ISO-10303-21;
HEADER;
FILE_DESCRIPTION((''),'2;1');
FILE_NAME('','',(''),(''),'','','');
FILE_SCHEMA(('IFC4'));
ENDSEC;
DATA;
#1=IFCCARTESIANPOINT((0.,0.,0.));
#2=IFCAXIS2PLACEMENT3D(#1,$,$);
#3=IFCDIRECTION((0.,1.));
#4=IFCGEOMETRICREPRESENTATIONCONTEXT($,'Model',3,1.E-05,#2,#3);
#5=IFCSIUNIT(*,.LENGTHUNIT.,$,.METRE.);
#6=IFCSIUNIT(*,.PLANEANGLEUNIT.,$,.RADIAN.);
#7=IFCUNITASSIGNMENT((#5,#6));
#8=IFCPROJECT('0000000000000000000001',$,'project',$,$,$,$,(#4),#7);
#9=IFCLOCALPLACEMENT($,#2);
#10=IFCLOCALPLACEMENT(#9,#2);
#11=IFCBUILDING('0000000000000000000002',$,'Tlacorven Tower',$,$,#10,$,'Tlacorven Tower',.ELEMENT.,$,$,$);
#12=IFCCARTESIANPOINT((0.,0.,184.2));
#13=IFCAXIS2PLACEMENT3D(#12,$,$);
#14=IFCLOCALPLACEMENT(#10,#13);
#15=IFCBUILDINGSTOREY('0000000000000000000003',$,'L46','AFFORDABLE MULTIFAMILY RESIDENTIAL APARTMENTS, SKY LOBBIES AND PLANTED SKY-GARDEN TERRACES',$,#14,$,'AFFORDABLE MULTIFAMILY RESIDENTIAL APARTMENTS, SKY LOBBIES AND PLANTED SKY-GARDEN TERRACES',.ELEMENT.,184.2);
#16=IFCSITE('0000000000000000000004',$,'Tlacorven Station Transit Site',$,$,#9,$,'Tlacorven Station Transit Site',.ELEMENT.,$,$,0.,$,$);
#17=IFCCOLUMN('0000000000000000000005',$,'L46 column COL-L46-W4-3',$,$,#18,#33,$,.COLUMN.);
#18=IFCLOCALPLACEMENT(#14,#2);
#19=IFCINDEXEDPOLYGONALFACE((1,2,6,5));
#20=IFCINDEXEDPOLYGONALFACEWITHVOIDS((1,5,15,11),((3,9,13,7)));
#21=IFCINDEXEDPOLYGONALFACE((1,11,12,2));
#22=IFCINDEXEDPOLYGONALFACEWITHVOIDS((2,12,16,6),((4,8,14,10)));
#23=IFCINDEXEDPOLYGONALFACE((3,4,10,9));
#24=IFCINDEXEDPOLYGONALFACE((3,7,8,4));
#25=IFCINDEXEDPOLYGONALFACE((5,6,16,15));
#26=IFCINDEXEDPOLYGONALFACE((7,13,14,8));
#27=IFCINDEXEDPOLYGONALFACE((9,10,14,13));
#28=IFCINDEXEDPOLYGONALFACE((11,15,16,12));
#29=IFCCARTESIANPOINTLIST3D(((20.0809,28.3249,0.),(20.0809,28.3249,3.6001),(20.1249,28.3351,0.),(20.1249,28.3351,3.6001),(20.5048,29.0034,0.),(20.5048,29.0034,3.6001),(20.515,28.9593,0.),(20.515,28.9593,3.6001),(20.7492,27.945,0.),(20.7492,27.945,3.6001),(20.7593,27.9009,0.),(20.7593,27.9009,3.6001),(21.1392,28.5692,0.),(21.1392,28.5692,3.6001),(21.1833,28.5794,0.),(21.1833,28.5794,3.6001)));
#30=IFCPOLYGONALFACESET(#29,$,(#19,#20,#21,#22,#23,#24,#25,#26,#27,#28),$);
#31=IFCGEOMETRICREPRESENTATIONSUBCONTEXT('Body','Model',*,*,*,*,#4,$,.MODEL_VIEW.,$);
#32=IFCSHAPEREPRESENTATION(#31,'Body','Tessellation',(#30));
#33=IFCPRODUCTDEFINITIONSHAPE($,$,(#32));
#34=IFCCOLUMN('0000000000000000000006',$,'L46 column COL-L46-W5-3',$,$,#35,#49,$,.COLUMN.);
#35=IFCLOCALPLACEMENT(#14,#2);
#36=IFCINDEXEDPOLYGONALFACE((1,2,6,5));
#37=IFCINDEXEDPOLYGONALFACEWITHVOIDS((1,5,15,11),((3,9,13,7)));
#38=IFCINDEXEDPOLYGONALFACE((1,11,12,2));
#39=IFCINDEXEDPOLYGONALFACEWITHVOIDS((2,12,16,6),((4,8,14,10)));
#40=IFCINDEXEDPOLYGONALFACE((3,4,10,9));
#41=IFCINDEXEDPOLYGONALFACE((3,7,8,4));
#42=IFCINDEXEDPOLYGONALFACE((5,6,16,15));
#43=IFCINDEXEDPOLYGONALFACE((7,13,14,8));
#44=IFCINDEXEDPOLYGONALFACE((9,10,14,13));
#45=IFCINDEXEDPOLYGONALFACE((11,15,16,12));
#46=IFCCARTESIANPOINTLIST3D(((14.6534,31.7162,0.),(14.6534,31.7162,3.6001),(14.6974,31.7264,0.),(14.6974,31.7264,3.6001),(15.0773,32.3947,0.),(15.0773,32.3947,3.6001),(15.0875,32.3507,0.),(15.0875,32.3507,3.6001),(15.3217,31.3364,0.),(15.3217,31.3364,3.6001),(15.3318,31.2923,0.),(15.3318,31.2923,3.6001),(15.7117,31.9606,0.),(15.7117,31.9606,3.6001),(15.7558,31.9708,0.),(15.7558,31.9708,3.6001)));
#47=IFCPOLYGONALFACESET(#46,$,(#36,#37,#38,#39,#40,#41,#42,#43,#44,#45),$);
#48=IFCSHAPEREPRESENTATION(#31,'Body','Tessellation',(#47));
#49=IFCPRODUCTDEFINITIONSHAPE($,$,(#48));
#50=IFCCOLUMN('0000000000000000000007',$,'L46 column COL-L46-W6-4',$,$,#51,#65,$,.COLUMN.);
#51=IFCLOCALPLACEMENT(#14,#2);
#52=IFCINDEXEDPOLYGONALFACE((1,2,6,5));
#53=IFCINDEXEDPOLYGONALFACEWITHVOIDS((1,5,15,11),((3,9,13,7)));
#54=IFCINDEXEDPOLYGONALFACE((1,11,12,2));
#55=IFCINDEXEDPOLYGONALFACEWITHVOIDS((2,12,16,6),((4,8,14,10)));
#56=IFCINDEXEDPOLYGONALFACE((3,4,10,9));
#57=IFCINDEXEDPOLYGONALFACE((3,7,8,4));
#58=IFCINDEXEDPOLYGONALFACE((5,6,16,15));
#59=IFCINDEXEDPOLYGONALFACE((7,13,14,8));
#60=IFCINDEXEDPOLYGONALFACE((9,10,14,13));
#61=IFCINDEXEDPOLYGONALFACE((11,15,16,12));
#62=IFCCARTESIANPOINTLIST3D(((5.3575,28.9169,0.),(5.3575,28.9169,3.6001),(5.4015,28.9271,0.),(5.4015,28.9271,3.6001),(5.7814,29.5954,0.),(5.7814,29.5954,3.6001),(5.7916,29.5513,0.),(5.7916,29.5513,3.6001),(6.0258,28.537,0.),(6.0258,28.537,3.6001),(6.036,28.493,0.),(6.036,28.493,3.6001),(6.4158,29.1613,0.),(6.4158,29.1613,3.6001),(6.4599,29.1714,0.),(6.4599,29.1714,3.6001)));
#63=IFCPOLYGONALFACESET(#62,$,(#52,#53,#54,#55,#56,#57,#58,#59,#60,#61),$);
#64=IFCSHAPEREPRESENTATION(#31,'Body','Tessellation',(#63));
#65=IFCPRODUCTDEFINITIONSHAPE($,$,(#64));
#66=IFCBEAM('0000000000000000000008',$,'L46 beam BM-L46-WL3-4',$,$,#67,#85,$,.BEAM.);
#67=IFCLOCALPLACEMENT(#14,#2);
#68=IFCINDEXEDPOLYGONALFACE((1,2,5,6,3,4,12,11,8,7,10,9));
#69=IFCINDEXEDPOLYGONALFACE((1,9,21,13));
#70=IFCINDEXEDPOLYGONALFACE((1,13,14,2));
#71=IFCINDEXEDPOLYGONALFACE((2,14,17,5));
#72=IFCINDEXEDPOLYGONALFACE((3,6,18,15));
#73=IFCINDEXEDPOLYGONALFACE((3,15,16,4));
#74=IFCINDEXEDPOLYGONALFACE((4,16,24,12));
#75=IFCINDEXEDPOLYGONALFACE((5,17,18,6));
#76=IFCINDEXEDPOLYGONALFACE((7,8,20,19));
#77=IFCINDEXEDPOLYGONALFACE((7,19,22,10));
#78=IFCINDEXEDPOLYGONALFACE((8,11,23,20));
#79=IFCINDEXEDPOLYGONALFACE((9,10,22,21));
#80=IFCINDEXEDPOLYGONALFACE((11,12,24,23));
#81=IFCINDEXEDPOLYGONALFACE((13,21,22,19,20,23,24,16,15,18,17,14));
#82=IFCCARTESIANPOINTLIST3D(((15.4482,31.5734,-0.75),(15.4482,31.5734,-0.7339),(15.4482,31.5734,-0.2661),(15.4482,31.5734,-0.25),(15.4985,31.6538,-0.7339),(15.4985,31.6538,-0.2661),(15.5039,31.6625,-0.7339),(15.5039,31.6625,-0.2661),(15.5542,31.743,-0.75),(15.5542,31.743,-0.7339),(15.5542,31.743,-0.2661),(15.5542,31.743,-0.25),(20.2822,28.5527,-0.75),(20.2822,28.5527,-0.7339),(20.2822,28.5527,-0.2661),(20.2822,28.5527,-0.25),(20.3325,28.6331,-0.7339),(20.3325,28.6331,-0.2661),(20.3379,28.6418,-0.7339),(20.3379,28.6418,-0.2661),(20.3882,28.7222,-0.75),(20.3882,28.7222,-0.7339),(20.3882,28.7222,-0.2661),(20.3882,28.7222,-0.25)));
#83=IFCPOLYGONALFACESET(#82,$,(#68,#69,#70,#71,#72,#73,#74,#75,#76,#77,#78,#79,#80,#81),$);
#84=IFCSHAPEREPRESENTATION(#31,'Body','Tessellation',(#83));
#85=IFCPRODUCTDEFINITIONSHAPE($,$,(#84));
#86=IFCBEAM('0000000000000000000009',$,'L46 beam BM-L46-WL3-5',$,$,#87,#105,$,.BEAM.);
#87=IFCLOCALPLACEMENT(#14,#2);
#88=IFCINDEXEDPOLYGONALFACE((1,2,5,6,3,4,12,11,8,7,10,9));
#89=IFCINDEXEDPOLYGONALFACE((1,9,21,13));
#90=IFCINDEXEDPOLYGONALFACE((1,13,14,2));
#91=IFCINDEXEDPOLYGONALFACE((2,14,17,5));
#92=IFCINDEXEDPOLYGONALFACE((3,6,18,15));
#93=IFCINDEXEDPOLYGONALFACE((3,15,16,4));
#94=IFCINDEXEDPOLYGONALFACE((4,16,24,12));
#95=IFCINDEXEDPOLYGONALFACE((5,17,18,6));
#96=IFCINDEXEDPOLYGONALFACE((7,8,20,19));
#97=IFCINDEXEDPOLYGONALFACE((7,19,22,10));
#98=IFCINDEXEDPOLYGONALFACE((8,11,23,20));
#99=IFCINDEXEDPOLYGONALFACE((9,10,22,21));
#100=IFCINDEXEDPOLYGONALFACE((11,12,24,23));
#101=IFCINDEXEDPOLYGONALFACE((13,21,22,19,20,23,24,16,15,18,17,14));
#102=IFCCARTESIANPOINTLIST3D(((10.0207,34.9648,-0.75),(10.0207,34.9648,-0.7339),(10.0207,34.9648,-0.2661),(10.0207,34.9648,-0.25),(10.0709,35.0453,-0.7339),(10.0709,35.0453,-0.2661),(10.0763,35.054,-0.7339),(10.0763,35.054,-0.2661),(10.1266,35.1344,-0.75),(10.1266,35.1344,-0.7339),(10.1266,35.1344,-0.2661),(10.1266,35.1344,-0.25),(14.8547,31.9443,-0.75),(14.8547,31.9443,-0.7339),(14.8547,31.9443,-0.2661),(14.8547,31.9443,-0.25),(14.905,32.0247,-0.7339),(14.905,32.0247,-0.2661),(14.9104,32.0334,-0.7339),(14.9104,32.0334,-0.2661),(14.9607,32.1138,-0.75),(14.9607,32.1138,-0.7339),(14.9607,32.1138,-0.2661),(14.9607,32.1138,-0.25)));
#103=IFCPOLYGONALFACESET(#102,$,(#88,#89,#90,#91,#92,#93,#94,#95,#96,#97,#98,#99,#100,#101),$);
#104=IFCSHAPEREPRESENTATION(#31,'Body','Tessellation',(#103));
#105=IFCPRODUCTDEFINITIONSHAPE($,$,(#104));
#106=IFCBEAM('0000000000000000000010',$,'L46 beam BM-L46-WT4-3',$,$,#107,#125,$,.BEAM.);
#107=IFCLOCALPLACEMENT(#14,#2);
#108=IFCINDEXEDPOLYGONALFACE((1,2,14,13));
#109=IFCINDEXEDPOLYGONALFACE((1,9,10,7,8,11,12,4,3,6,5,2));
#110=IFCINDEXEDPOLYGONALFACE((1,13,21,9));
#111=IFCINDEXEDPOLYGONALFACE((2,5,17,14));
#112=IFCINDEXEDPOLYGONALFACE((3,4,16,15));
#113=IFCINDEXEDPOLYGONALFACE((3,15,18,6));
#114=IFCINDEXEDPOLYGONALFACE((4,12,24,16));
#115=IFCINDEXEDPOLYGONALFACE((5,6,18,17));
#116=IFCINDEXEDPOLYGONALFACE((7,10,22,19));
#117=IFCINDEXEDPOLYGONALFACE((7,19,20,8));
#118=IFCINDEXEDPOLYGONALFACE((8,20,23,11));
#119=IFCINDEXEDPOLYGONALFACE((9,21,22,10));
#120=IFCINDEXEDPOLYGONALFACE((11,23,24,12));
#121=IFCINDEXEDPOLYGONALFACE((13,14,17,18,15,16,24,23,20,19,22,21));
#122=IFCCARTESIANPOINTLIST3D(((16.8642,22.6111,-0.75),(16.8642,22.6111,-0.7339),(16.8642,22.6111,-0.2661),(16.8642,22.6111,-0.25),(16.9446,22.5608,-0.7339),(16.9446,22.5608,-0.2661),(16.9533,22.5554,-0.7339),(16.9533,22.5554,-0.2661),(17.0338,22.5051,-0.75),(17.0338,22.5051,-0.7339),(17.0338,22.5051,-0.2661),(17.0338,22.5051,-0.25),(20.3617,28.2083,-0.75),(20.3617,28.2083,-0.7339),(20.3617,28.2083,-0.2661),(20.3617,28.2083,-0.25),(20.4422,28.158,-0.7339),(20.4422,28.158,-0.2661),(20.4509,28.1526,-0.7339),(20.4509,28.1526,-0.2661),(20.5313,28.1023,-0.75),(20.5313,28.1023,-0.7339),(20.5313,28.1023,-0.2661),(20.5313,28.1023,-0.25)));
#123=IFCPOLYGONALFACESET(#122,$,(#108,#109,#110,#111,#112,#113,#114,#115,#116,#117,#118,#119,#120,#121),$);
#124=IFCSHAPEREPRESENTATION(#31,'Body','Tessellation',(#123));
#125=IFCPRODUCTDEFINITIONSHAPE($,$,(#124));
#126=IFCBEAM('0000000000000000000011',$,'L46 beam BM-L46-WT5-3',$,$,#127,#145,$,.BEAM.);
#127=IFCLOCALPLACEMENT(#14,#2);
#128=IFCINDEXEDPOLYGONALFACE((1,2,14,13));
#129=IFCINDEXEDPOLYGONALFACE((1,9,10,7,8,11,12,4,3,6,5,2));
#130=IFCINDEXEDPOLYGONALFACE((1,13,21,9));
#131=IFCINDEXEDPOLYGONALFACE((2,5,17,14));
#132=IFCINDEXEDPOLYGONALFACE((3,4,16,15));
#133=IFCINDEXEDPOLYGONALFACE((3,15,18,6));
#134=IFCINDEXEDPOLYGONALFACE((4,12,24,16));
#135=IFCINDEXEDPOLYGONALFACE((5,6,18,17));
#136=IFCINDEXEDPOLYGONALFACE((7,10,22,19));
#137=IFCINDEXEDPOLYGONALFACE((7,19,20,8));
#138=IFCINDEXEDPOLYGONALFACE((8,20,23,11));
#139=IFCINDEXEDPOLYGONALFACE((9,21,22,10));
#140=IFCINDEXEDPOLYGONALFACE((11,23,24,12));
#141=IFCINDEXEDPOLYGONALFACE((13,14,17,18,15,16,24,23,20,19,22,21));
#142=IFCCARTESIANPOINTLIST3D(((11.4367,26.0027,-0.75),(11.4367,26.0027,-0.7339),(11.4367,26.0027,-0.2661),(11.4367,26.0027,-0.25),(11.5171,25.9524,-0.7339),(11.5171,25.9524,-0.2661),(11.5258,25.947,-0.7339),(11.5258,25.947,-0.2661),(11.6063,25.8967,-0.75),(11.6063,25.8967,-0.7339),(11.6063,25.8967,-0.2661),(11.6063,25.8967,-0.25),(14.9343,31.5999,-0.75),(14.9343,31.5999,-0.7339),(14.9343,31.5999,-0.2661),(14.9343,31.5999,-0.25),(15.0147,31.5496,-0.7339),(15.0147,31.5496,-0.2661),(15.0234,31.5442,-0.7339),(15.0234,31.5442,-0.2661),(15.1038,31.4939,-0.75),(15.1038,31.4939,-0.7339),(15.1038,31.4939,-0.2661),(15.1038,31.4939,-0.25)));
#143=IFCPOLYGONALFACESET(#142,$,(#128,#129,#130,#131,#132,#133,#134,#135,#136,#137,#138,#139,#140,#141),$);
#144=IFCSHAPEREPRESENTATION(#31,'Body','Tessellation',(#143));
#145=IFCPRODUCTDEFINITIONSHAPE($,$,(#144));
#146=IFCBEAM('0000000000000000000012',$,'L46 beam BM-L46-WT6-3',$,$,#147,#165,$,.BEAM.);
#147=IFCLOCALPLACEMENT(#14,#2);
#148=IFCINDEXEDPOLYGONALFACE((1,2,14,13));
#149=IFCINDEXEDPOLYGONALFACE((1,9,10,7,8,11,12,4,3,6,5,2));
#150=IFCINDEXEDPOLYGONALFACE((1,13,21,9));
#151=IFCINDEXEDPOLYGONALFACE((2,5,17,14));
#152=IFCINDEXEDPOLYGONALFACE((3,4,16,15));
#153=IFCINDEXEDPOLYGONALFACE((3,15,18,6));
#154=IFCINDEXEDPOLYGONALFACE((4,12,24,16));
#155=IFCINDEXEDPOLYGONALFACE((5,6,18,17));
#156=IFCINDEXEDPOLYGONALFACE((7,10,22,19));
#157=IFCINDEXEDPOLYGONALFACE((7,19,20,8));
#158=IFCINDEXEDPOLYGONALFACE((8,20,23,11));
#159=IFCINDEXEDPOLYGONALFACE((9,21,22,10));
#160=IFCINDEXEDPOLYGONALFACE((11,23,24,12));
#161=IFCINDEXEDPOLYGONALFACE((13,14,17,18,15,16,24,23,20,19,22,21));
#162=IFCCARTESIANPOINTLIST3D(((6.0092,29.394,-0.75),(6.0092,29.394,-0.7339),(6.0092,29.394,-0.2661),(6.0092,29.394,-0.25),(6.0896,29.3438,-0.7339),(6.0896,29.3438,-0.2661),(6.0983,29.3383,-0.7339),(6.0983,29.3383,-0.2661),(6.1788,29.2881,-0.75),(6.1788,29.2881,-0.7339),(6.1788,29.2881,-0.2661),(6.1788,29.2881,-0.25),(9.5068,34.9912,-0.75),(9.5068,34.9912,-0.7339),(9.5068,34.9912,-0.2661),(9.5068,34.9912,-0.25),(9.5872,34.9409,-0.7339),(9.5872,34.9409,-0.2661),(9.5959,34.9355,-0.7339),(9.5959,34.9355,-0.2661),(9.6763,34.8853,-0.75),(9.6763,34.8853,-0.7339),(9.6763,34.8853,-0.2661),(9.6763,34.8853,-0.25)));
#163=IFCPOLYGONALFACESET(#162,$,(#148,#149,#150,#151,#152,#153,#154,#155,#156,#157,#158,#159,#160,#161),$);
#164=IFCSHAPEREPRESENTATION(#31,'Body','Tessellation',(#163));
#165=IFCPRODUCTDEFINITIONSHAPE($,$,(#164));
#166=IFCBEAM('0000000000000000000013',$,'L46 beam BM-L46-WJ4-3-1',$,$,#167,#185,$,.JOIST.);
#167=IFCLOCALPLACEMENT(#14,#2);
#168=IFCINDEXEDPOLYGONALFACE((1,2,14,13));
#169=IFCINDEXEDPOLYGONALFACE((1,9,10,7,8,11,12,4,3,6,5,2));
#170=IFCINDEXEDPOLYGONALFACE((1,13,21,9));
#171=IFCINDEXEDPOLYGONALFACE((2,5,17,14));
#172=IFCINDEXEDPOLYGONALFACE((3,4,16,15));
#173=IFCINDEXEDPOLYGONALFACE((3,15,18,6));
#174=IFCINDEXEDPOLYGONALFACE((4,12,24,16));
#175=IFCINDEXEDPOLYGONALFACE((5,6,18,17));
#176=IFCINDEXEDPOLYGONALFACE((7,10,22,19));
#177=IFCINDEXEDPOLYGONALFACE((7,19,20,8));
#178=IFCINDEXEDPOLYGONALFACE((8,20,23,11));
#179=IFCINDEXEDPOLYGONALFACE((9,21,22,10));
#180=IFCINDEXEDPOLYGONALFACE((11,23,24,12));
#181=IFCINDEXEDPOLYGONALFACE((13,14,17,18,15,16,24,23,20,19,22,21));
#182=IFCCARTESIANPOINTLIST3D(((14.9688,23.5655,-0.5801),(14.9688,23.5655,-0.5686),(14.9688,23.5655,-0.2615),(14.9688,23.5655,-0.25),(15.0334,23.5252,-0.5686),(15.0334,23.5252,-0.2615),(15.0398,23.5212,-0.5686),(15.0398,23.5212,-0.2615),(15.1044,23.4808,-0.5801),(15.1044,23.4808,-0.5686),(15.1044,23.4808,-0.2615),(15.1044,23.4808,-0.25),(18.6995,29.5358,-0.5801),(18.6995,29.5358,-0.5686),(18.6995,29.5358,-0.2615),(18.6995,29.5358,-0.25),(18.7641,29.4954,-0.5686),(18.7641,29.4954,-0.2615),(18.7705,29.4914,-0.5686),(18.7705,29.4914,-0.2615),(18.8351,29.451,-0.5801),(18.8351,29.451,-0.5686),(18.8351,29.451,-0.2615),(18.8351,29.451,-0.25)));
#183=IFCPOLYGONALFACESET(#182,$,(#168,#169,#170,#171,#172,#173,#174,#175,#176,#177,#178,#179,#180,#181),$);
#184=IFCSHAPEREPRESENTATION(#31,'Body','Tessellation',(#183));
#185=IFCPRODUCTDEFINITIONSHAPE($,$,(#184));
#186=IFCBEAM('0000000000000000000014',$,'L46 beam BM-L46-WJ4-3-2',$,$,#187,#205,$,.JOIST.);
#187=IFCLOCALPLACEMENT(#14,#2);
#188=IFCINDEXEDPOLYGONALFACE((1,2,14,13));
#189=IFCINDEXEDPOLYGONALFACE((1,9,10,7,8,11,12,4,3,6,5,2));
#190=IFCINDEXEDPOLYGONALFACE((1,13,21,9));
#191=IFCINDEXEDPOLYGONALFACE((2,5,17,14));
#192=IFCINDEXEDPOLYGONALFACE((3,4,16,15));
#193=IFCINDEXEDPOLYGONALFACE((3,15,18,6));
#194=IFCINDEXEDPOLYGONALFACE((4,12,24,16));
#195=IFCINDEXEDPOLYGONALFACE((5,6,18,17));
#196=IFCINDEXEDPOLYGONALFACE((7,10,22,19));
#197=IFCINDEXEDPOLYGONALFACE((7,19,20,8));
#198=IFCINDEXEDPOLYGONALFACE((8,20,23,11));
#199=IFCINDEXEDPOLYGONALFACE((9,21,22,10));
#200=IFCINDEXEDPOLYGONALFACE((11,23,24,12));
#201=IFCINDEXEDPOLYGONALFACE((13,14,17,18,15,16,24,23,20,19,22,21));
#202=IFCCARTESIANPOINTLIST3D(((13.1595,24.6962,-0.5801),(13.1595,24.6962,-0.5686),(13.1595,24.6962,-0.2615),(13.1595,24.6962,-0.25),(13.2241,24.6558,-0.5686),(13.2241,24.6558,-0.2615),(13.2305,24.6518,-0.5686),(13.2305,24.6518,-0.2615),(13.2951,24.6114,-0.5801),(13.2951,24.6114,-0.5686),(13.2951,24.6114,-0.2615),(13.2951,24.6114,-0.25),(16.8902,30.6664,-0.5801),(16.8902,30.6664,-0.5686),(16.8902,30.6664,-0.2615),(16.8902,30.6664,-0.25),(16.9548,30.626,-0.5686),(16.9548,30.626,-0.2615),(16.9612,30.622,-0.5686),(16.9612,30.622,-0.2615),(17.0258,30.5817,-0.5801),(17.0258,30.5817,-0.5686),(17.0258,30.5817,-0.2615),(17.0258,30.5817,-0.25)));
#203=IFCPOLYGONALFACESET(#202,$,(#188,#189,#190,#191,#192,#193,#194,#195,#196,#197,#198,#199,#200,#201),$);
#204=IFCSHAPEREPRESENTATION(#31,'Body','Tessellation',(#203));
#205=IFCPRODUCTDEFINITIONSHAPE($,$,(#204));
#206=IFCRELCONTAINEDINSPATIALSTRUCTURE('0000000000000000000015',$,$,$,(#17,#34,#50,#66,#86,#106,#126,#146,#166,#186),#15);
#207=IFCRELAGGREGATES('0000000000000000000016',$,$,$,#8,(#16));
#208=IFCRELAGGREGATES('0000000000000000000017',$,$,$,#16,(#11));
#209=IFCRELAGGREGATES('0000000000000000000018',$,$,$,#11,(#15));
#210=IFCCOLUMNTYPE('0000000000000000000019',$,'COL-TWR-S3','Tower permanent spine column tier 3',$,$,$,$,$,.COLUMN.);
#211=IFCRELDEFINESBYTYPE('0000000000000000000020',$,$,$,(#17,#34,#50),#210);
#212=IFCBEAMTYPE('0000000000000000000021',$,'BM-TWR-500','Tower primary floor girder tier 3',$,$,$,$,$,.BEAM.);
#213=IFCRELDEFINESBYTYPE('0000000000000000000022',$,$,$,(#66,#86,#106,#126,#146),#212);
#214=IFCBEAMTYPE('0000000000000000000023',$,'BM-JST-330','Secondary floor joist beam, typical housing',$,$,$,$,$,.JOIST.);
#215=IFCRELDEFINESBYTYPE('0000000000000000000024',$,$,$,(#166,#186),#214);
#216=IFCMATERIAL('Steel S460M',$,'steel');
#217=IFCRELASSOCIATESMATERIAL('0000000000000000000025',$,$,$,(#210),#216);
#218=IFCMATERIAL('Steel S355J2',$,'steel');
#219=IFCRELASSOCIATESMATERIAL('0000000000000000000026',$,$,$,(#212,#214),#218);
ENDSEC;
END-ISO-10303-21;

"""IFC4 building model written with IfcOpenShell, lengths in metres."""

from ifc_helpers import new_model, si_unit, direction, frame, origin, origin_2d, place, context, subcontext, project, spatial, hollow_rectangle, i_section, extrude, source, transform, mapped, material, material_profile, profile_set, type_object, element, save


model = new_model("IFC4")

# Units and contexts
model_context = context("Model", 3, precision=1e-05, world=origin(), true_north=direction((0.0, 1.0)))
body_context = subcontext(model_context, "Body", "Model", "MODEL_VIEW")
ifc_project = project(units=[si_unit("LENGTHUNIT", "METRE"), si_unit("PLANEANGLEUNIT", "RADIAN")], contexts=[model_context])

# Site, building, storey
site_placement = place(None, origin())
site = spatial("IfcSite", under=ifc_project, at=site_placement, Name="Tlacorven Station Transit Site", LongName="Tlacorven Station Transit Site", CompositionType="ELEMENT", RefElevation=0.0)
building_placement = place(site_placement, origin())
building = spatial("IfcBuilding", under=site, at=building_placement, Name="Tlacorven Tower", LongName="Tlacorven Tower", CompositionType="ELEMENT")
storey_placement = place(building_placement, frame((0.0, 0.0, 184.2)))
storey = spatial("IfcBuildingStorey", under=building, at=storey_placement, Name="L46", Description="AFFORDABLE MULTIFAMILY RESIDENTIAL APARTMENTS, SKY LOBBIES AND PLANTED SKY-GARDEN TERRACES", LongName="AFFORDABLE MULTIFAMILY RESIDENTIAL APARTMENTS, SKY LOBBIES AND PLANTED SKY-GARDEN TERRACES", CompositionType="ELEMENT", Elevation=184.2)

# Columns
ifc_material_1 = material(Name="Steel S460M", Category="steel")
ifc_material_profile_1 = material_profile(ifc_material_1, hollow_rectangle(XDim=0.8, YDim=0.8, WallThickness=0.032, at=origin_2d()), Name="BOX 800X800X32")
ifc_profile_set_1 = profile_set([ifc_material_profile_1], Name="Steel S460M")
column_type = type_object("IfcColumnType", Name="COL-TWR-S3", Description="Tower permanent spine column tier 3", PredefinedType="COLUMN", material=ifc_profile_set_1)
shared_shape_1 = source(origin(), body_context, "Body", "SweptSolid", [
    extrude(hollow_rectangle(XDim=0.8, YDim=0.8, WallThickness=0.032, at=origin_2d()), origin(), (0.0, 0.0, 1.0), 3.6001),
])
for number, where, z_axis, x_axis, name in (
    (1, (20.6321, 28.4521, 0.0), (0.0, 0.0, 1.0), (-0.848048, 0.529919, 0.0), "L46 column COL-L46-W4-3"),
    (2, (15.2046, 31.8435, 0.0), (0.0, 0.0, 1.0), (-0.848048, 0.529919, 0.0), "L46 column COL-L46-W5-3"),
    (3, (5.9087, 29.0442, 0.0), (0.0, 0.0, 1.0), (-0.848048, 0.529919, 0.0), "L46 column COL-L46-W6-4"),
):
    element("IfcColumn", number, at=place(storey_placement, frame(where, z_axis=z_axis, x_axis=x_axis)), inside=storey, type_object=column_type, Name=name, PredefinedType="COLUMN", context=body_context, shape_type="MappedRepresentation", body=[
        mapped(shared_shape_1, transform((0.0, 0.0, 0.0), scale=1.0)),
    ])

# Beams
ifc_material_2 = material(Name="Steel S355J2", Category="steel")
ifc_material_profile_2 = material_profile(ifc_material_2, i_section(OverallWidth=0.2, OverallDepth=0.5, WebThickness=0.0103, FlangeThickness=0.0161, at=origin_2d()), Name="IPE 500")
ifc_profile_set_2 = profile_set([ifc_material_profile_2], Name="Steel S355J2")
beam_type_1 = type_object("IfcBeamType", Name="BM-TWR-500", Description="Tower primary floor girder tier 3", PredefinedType="BEAM", material=ifc_profile_set_2)
shared_shape_2 = source(origin(), body_context, "Body", "SweptSolid", [
    extrude(i_section(OverallWidth=0.2, OverallDepth=0.5, WebThickness=0.0103, FlangeThickness=0.0161, at=origin_2d()), origin(), (0.0, 0.0, 1.0), 5.7002),
])
for number, where, z_axis, x_axis, name in (
    (4, (20.3352, 28.6375, -0.5), (-0.848037, 0.529937, 0.0), (-0.529937, -0.848037, 0.0), "L46 beam BM-L46-WL3-4"),
    (5, (14.9077, 32.0291, -0.5), (-0.848056, 0.529907, 0.0), (-0.529907, -0.848056, 0.0), "L46 beam BM-L46-WL3-5"),
):
    element("IfcBeam", number, at=place(storey_placement, frame(where, z_axis=z_axis, x_axis=x_axis)), inside=storey, type_object=beam_type_1, Name=name, PredefinedType="BEAM", context=body_context, shape_type="MappedRepresentation", body=[
        mapped(shared_shape_2, transform((0.0, 0.0, 0.0), scale=1.0)),
    ])
shared_shape_3 = source(origin(), body_context, "Body", "SweptSolid", [
    extrude(i_section(OverallWidth=0.2, OverallDepth=0.5, WebThickness=0.0103, FlangeThickness=0.0161, at=origin_2d()), origin(), (0.0, 0.0, 1.0), 6.6001),
])
for number, where, z_axis, x_axis, name in (
    (6, (20.4465, 28.1553, -0.5), (-0.529926, -0.848044, 0.0), (0.848044, -0.529926, 0.0), "L46 beam BM-L46-WT4-3"),
    (7, (15.019, 31.5469, -0.5), (-0.529926, -0.848044, 0.0), (0.848044, -0.529926, 0.0), "L46 beam BM-L46-WT5-3"),
    (8, (9.5916, 34.9382, -0.5), (-0.529926, -0.848044, 0.0), (0.848044, -0.529926, 0.0), "L46 beam BM-L46-WT6-3"),
):
    element("IfcBeam", number, at=place(storey_placement, frame(where, z_axis=z_axis, x_axis=x_axis)), inside=storey, type_object=beam_type_1, Name=name, PredefinedType="BEAM", context=body_context, shape_type="MappedRepresentation", body=[
        mapped(shared_shape_3, transform((0.0, 0.0, 0.0), scale=1.0)),
    ])
ifc_material_profile_3 = material_profile(ifc_material_2, i_section(OverallWidth=0.1599, OverallDepth=0.3301, WebThickness=0.0076, FlangeThickness=0.0115, at=origin_2d()), Name="IPE 330")
ifc_profile_set_3 = profile_set([ifc_material_profile_3], Name="Steel S355J2")
beam_type_2 = type_object("IfcBeamType", Name="BM-JST-330", Description="Secondary floor joist beam, typical housing", PredefinedType="JOIST", material=ifc_profile_set_3)
shared_shape_4 = source(origin(), body_context, "Body", "SweptSolid", [
    extrude(i_section(OverallWidth=0.1599, OverallDepth=0.3301, WebThickness=0.0076, FlangeThickness=0.0115, at=origin_2d()), origin(), (0.0, 0.0, 1.0), 7.04),
])
for number, where, z_axis, x_axis, name in (
    (9, (18.7673, 29.4934, -0.415), (-0.52993, -0.848041, 0.0), (0.848041, -0.52993, 0.0), "L46 beam BM-L46-WJ4-3-1"),
    (10, (16.958, 30.624, -0.415), (-0.52993, -0.848041, 0.0), (0.848041, -0.52993, 0.0), "L46 beam BM-L46-WJ4-3-2"),
):
    element("IfcBeam", number, at=place(storey_placement, frame(where, z_axis=z_axis, x_axis=x_axis)), inside=storey, type_object=beam_type_2, Name=name, PredefinedType="JOIST", context=body_context, shape_type="MappedRepresentation", body=[
        mapped(shared_shape_4, transform((0.0, 0.0, 0.0), scale=1.0)),
    ])

save(model, "model.ifc")
